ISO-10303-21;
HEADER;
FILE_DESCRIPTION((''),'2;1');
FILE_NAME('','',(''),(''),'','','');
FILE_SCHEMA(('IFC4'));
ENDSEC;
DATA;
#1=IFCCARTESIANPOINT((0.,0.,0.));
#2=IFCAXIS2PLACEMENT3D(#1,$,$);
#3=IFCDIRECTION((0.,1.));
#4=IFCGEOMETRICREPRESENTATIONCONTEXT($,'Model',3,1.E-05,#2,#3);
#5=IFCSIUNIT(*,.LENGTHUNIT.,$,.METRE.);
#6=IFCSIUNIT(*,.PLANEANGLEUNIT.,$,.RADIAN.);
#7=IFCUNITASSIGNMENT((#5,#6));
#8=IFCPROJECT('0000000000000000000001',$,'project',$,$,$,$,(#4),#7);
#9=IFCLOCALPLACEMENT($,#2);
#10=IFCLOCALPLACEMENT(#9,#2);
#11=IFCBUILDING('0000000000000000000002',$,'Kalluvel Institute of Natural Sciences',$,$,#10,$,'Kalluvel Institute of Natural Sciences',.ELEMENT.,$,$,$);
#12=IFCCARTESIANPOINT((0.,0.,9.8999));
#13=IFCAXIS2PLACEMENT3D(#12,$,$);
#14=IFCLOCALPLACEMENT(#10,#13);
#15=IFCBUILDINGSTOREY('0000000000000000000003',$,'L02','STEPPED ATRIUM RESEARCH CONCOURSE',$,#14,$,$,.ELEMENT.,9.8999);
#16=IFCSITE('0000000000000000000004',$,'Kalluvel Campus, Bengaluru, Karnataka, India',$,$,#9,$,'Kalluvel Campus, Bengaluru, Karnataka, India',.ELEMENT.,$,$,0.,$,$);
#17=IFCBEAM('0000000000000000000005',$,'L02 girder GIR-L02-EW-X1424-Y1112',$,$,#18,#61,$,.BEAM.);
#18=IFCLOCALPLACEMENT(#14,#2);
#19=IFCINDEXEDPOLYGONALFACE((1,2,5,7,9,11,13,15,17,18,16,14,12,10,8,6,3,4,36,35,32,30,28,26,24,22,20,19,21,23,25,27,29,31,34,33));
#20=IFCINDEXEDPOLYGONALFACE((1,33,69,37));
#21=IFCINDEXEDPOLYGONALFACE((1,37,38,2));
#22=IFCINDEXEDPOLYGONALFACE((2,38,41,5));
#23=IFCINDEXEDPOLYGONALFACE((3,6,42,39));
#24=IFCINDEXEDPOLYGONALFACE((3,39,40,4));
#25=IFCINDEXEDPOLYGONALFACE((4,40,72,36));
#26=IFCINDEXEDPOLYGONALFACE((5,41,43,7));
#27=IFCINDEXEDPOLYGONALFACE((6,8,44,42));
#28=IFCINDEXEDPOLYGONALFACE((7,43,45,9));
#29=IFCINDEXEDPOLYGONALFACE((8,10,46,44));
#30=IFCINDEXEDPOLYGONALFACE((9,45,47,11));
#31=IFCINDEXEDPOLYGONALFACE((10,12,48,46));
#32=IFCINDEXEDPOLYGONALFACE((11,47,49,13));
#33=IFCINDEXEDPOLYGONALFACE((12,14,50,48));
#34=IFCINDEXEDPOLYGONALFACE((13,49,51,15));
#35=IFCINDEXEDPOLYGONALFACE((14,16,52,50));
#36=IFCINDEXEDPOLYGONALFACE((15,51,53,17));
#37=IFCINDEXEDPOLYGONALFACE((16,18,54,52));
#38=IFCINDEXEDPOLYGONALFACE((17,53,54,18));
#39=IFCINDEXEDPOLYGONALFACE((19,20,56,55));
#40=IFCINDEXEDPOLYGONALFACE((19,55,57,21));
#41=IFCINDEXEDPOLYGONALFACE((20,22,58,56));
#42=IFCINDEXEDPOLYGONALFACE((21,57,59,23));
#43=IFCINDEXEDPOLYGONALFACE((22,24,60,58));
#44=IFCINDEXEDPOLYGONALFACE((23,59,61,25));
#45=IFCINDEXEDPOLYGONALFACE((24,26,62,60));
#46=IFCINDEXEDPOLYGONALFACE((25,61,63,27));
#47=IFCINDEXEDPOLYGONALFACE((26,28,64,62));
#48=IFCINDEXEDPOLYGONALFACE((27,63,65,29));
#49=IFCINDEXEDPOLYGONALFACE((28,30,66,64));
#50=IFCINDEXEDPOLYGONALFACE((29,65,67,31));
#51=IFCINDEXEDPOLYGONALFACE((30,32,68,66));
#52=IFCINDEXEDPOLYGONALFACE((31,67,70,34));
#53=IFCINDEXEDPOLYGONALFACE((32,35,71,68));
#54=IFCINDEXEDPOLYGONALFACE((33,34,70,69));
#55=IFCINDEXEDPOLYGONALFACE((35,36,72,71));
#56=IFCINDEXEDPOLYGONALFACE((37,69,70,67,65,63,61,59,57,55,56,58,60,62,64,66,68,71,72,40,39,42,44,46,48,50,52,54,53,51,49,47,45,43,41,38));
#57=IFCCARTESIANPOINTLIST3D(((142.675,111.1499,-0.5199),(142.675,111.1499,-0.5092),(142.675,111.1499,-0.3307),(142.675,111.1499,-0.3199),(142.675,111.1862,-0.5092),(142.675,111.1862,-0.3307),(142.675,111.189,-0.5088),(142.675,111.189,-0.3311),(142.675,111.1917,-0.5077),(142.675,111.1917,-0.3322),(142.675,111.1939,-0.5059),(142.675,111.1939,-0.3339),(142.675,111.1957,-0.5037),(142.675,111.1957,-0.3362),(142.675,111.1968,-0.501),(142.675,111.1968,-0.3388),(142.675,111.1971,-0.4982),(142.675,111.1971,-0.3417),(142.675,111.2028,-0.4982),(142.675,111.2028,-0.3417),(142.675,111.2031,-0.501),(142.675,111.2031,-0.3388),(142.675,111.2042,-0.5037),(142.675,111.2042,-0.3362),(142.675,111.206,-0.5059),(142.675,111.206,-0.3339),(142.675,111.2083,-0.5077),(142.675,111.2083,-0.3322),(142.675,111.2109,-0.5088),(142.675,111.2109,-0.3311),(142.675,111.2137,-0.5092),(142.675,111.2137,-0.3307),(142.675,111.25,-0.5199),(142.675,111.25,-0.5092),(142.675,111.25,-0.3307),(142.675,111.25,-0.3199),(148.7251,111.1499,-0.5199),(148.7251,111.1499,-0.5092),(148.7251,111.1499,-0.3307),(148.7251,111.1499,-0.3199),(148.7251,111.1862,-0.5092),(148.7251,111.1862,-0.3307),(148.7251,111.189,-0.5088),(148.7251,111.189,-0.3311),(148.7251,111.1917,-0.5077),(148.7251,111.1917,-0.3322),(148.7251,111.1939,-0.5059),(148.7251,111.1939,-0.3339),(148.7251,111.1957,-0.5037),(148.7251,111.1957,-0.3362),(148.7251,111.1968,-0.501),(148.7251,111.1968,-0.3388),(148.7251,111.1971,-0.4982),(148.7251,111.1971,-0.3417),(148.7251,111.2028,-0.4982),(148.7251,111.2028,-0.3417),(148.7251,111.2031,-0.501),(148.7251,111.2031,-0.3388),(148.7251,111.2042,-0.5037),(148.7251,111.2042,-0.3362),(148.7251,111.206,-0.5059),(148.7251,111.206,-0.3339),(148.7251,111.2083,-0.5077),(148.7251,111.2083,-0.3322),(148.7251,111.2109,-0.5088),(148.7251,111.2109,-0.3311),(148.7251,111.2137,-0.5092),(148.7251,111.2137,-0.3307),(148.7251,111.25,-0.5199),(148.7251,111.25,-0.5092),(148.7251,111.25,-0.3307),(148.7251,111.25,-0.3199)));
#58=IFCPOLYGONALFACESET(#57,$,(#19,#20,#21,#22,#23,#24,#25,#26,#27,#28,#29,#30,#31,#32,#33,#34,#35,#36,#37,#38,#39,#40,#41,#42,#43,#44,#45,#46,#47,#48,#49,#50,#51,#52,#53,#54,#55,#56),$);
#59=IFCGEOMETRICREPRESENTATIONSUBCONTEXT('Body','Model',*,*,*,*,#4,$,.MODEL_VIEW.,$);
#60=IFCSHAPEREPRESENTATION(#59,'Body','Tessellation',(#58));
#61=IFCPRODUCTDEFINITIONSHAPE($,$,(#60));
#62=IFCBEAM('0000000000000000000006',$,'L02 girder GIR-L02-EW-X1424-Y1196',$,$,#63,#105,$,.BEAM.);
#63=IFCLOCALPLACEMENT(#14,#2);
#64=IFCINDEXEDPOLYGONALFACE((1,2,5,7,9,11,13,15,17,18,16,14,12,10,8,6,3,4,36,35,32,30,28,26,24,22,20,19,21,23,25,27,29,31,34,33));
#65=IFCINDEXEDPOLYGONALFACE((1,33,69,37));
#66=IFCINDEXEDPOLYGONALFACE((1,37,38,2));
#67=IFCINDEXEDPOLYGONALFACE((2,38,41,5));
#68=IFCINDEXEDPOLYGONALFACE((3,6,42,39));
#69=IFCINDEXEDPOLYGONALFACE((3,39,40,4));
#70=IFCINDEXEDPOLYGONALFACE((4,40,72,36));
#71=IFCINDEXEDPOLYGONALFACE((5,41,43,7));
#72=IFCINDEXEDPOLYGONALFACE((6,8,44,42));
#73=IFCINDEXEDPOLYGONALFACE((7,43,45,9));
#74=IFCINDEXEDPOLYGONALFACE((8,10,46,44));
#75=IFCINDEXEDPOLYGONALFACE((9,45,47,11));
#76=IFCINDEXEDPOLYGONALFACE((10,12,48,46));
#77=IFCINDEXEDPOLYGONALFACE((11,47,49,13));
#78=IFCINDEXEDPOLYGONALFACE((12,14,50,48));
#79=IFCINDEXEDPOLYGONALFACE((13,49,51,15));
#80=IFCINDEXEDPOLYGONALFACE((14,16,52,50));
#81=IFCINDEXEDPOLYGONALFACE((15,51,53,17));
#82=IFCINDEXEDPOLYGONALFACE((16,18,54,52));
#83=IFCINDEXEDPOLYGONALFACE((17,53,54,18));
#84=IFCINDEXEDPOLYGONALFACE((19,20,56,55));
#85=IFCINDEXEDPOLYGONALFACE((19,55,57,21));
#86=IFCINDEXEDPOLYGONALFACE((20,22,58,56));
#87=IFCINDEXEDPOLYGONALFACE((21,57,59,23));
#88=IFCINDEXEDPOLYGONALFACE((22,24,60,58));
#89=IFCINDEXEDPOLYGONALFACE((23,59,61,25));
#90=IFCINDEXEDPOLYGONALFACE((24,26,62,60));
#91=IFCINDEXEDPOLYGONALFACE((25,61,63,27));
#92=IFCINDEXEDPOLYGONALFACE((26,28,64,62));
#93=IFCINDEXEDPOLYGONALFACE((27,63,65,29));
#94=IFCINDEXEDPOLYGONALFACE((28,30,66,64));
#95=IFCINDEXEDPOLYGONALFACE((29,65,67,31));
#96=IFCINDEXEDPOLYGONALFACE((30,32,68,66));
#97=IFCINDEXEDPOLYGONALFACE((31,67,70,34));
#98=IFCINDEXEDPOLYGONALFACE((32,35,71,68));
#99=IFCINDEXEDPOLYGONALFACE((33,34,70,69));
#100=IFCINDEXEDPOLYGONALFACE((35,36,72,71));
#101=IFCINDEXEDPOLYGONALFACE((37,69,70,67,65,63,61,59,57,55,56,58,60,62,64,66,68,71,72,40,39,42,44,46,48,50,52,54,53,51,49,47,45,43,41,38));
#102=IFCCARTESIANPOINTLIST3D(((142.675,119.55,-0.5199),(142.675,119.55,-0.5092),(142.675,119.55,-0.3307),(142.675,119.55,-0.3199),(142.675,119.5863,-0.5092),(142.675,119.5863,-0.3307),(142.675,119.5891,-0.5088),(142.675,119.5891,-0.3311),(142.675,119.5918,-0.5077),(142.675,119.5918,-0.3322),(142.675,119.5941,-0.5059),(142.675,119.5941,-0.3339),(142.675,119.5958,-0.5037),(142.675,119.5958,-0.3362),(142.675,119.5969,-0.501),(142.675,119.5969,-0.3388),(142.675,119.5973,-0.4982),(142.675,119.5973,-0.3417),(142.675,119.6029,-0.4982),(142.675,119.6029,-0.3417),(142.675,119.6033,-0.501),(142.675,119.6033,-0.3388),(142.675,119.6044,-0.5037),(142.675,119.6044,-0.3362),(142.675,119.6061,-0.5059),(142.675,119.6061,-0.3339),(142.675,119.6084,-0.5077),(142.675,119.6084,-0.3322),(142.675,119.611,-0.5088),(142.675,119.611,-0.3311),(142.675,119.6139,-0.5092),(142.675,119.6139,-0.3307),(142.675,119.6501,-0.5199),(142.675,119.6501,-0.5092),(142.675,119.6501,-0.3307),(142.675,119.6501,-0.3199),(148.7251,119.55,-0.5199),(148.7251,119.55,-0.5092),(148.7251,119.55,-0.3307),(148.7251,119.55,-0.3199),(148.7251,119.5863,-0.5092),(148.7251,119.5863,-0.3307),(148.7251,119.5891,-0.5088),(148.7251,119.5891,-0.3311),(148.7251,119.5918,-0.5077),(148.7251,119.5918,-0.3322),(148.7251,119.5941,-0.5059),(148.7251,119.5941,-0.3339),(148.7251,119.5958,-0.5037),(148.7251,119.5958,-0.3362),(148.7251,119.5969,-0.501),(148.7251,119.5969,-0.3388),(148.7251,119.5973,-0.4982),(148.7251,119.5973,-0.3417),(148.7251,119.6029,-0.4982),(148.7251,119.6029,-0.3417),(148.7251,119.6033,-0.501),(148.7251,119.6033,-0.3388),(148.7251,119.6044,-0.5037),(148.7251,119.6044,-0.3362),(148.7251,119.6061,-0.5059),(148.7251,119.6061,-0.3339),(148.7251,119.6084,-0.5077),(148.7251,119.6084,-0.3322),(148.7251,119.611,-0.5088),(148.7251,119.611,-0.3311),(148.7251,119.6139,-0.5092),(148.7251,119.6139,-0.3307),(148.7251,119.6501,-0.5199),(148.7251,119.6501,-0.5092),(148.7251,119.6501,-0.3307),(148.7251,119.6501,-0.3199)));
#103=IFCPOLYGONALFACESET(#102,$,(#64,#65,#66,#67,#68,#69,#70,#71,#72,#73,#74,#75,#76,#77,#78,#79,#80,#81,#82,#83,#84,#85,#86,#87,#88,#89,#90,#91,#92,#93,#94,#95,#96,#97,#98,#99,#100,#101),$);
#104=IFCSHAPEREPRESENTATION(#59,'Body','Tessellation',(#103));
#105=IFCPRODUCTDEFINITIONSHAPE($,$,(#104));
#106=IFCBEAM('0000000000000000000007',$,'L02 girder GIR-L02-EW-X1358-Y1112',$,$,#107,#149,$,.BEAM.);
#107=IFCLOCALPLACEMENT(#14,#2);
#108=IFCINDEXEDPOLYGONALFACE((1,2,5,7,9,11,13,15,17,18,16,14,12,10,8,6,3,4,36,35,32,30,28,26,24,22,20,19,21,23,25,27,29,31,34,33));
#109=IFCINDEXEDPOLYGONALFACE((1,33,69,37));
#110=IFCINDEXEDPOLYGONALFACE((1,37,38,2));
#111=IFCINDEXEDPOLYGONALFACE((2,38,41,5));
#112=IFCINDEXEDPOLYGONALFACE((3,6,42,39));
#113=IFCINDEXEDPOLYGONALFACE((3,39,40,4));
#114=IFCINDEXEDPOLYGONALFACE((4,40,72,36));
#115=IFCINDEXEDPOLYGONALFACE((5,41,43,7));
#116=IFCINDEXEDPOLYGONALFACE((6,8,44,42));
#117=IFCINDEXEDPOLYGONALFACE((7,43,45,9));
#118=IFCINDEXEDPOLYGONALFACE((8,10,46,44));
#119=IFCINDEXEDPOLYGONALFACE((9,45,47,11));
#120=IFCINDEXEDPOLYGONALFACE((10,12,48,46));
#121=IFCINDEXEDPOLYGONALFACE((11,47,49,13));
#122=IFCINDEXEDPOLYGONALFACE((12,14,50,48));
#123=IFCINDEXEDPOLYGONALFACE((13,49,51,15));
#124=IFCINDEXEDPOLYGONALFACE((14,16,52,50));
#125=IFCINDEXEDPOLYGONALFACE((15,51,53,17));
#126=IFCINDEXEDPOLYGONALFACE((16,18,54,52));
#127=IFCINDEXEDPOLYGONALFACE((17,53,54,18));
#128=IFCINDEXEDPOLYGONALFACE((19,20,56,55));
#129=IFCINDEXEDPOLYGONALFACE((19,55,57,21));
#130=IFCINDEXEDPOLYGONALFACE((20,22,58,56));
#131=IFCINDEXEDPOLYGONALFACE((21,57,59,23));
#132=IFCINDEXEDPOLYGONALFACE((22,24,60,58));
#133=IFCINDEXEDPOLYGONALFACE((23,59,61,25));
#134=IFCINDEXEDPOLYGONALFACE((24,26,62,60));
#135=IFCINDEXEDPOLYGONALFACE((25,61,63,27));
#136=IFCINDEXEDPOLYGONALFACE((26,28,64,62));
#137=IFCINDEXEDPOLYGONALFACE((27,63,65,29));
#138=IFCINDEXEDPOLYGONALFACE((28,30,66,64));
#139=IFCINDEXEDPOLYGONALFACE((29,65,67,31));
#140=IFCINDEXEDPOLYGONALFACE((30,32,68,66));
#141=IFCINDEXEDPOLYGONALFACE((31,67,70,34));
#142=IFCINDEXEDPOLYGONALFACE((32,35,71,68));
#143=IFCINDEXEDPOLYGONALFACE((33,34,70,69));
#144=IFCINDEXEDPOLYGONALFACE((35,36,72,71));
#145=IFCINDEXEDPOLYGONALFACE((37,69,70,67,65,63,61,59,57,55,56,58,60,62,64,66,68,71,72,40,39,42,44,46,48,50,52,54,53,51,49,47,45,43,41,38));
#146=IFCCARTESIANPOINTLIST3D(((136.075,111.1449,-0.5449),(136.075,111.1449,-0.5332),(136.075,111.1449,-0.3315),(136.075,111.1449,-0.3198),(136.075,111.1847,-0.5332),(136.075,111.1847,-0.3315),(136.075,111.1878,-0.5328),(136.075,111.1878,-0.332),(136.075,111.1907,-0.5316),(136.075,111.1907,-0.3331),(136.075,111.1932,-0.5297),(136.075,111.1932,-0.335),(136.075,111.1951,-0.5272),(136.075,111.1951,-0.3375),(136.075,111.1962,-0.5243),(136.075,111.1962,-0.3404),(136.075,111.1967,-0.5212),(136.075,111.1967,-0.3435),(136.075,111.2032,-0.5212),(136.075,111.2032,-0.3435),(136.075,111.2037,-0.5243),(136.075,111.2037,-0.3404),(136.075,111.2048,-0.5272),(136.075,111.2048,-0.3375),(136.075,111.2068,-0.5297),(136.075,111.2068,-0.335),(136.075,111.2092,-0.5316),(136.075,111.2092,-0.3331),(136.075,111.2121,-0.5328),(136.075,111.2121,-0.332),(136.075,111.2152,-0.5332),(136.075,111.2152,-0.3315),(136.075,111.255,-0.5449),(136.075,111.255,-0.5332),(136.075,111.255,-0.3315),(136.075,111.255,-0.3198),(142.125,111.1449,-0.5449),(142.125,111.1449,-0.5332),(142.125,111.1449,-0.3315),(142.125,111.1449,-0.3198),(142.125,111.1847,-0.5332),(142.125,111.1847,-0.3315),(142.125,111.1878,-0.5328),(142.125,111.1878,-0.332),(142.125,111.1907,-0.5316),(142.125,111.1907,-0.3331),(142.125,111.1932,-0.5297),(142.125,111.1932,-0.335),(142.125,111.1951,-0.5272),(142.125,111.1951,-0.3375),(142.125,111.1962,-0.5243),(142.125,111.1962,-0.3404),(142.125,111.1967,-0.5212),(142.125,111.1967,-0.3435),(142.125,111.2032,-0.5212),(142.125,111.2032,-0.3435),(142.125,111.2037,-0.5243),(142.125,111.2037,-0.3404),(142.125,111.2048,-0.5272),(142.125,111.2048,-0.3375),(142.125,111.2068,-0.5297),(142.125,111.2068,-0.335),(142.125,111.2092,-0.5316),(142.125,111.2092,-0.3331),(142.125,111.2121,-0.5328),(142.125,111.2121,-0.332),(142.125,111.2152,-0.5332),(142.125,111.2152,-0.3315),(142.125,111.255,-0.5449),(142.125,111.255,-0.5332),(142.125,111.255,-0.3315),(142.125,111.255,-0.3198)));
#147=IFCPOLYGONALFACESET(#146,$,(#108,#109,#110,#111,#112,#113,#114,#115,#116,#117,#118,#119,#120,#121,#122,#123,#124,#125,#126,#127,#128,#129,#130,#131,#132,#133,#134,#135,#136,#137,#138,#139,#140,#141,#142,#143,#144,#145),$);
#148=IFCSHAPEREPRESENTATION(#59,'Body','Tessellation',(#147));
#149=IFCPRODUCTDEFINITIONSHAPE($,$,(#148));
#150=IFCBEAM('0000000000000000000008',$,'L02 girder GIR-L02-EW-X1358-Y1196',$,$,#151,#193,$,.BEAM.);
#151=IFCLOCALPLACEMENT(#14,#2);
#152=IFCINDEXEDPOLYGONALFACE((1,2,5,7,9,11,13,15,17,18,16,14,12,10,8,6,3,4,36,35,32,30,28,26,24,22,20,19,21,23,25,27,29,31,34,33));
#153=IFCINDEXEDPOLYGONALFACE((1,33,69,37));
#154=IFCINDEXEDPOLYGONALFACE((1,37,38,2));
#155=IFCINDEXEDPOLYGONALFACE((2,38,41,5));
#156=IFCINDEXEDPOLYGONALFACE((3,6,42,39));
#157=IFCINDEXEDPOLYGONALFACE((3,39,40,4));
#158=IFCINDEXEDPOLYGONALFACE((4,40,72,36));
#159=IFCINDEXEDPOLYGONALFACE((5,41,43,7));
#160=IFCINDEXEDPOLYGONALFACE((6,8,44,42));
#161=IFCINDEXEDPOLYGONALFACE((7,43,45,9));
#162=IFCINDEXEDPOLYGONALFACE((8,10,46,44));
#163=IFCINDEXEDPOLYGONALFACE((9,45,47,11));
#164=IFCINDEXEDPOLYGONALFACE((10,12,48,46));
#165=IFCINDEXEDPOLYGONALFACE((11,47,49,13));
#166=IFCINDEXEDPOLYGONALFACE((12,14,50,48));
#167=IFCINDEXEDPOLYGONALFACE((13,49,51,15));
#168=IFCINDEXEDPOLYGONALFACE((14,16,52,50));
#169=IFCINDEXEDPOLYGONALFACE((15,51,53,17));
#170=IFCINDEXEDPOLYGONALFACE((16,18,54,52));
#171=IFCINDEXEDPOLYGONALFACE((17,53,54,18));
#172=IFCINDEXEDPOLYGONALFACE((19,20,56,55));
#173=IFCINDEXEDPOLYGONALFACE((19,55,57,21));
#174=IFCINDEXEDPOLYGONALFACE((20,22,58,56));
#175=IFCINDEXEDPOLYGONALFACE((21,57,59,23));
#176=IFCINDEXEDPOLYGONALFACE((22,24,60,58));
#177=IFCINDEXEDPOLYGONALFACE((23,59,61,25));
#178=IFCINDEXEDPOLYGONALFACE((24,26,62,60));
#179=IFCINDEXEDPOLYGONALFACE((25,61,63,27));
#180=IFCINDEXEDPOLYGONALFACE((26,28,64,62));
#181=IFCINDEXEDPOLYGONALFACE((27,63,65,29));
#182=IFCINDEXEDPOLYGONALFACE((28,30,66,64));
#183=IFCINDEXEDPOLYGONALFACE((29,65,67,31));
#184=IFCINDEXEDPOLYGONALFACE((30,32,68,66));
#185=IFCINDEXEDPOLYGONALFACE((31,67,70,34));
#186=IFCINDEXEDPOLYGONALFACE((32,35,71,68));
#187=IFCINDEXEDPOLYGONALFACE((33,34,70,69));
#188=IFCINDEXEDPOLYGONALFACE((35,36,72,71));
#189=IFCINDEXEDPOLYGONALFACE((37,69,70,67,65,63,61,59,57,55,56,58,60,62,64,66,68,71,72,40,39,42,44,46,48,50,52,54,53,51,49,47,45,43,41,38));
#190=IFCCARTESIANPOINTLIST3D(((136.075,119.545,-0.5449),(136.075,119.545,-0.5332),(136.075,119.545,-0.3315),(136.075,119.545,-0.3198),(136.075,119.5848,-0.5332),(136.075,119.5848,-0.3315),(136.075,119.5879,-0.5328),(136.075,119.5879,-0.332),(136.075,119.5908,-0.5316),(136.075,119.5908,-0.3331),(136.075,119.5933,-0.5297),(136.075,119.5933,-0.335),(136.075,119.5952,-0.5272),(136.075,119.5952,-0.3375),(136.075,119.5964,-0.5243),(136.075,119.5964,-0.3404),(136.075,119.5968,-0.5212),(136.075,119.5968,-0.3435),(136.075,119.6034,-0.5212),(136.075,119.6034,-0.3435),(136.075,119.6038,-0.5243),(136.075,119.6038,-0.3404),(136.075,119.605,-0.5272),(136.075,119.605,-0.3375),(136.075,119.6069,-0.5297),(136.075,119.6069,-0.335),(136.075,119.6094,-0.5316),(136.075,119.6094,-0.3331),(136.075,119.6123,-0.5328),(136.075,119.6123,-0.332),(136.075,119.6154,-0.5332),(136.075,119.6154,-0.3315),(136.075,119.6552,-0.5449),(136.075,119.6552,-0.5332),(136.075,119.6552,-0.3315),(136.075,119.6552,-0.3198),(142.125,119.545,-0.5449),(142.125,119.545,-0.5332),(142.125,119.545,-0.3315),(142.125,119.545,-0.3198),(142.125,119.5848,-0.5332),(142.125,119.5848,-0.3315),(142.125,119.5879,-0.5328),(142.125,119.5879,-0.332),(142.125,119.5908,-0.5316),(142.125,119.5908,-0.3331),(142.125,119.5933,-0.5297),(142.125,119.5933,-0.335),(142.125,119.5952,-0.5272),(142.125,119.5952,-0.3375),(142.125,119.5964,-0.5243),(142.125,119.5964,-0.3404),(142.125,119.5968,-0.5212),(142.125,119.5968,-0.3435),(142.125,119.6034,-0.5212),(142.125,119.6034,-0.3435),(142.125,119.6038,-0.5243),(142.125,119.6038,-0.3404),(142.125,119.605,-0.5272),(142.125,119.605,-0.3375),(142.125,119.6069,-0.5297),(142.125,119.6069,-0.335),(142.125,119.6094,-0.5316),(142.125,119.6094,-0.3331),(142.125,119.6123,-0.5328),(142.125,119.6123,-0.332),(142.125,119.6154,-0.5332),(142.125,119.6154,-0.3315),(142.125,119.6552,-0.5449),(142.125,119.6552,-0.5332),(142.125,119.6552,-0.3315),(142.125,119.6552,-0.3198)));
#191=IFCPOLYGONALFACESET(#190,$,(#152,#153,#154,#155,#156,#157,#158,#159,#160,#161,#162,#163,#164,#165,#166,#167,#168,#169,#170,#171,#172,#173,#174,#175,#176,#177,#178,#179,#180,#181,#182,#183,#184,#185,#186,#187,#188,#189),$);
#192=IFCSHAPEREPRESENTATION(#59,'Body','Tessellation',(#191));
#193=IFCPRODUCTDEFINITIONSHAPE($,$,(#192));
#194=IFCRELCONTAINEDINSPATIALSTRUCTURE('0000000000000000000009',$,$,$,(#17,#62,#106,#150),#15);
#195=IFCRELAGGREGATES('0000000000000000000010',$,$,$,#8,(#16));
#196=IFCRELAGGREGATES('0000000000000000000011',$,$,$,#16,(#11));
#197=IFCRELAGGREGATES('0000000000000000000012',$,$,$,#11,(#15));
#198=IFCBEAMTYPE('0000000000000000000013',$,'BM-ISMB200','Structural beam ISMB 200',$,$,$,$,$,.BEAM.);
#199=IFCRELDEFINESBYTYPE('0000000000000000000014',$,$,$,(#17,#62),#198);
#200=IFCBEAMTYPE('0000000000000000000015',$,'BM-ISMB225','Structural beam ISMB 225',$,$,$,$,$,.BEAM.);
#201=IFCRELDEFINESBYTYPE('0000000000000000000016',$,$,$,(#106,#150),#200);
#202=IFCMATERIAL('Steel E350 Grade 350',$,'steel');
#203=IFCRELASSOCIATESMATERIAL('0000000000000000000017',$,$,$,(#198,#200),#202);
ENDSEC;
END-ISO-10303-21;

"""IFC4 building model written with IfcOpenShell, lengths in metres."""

from ifc_helpers import new_model, si_unit, direction, frame, origin, origin_2d, place, context, subcontext, project, spatial, i_section, extrude, material, material_profile, profile_set, type_object, element, save


model = new_model("IFC4")

# Units and contexts
model_context = context("Model", 3, precision=1e-05, world=origin(), true_north=direction((0.0, 1.0)))
body_context = subcontext(model_context, "Body", "Model", "MODEL_VIEW")
ifc_project = project(units=[si_unit("LENGTHUNIT", "METRE"), si_unit("PLANEANGLEUNIT", "RADIAN")], contexts=[model_context])

# Site, building, storey
site_placement = place(None, origin())
site = spatial("IfcSite", under=ifc_project, at=site_placement, Name="Kalluvel Campus, Bengaluru, Karnataka, India", LongName="Kalluvel Campus, Bengaluru, Karnataka, India", CompositionType="ELEMENT", RefElevation=0.0)
building_placement = place(site_placement, origin())
building = spatial("IfcBuilding", under=site, at=building_placement, Name="Kalluvel Institute of Natural Sciences", LongName="Kalluvel Institute of Natural Sciences", CompositionType="ELEMENT")
storey_placement = place(building_placement, frame((0.0, 0.0, 9.8999)))
storey = spatial("IfcBuildingStorey", under=building, at=storey_placement, Name="L02", Description="STEPPED ATRIUM RESEARCH CONCOURSE", CompositionType="ELEMENT", Elevation=9.8999)

# Beams
ifc_material_1 = material(Name="Steel E350 Grade 350", Category="steel")
ifc_material_profile_1 = material_profile(ifc_material_1, i_section(OverallWidth=0.1001, OverallDepth=0.2, WebThickness=0.0056, FlangeThickness=0.0107, FilletRadius=0.011, at=origin_2d()), Name="ISMB 200")
ifc_profile_set_1 = profile_set([ifc_material_profile_1], Name="Steel E350 Grade 350")
beam_type_1 = type_object("IfcBeamType", Name="BM-ISMB200", Description="Structural beam ISMB 200", PredefinedType="BEAM", material=ifc_profile_set_1)
for number, where, z_axis, x_axis, name in (
    (1, (142.675, 111.2, -0.4199), (1.0, 0.0, 0.0), (0.0, 1.0, 0.0), "L02 girder GIR-L02-EW-X1424-Y1112"),
    (2, (142.675, 119.6001, -0.4199), (1.0, 0.0, 0.0), (0.0, 1.0, 0.0), "L02 girder GIR-L02-EW-X1424-Y1196"),
):
    element("IfcBeam", number, at=place(storey_placement, frame(where, z_axis=z_axis, x_axis=x_axis)), inside=storey, type_object=beam_type_1, Name=name, PredefinedType="BEAM", context=body_context, shape_type="SweptSolid", body=[
        extrude(i_section(OverallWidth=0.1001, OverallDepth=0.2, WebThickness=0.0056, FlangeThickness=0.0107, FilletRadius=0.011, at=origin_2d()), origin(), (0.0, 0.0, 1.0), 6.05),
    ])
ifc_material_profile_2 = material_profile(ifc_material_1, i_section(OverallWidth=0.1101, OverallDepth=0.2251, WebThickness=0.0066, FlangeThickness=0.0117, FilletRadius=0.012, at=origin_2d()), Name="ISMB 225")
ifc_profile_set_2 = profile_set([ifc_material_profile_2], Name="Steel E350 Grade 350")
beam_type_2 = type_object("IfcBeamType", Name="BM-ISMB225", Description="Structural beam ISMB 225", PredefinedType="BEAM", material=ifc_profile_set_2)
for number, where, z_axis, x_axis, name in (
    (3, (136.075, 111.2, -0.4324), (1.0, 0.0, 0.0), (0.0, 1.0, 0.0), "L02 girder GIR-L02-EW-X1358-Y1112"),
    (4, (136.075, 119.6001, -0.4324), (1.0, 0.0, 0.0), (0.0, 1.0, 0.0), "L02 girder GIR-L02-EW-X1358-Y1196"),
):
    element("IfcBeam", number, at=place(storey_placement, frame(where, z_axis=z_axis, x_axis=x_axis)), inside=storey, type_object=beam_type_2, Name=name, PredefinedType="BEAM", context=body_context, shape_type="SweptSolid", body=[
        extrude(i_section(OverallWidth=0.1101, OverallDepth=0.2251, WebThickness=0.0066, FlangeThickness=0.0117, FilletRadius=0.012, at=origin_2d()), origin(), (0.0, 0.0, 1.0), 6.05),
    ])

save(model, "model.ifc")
